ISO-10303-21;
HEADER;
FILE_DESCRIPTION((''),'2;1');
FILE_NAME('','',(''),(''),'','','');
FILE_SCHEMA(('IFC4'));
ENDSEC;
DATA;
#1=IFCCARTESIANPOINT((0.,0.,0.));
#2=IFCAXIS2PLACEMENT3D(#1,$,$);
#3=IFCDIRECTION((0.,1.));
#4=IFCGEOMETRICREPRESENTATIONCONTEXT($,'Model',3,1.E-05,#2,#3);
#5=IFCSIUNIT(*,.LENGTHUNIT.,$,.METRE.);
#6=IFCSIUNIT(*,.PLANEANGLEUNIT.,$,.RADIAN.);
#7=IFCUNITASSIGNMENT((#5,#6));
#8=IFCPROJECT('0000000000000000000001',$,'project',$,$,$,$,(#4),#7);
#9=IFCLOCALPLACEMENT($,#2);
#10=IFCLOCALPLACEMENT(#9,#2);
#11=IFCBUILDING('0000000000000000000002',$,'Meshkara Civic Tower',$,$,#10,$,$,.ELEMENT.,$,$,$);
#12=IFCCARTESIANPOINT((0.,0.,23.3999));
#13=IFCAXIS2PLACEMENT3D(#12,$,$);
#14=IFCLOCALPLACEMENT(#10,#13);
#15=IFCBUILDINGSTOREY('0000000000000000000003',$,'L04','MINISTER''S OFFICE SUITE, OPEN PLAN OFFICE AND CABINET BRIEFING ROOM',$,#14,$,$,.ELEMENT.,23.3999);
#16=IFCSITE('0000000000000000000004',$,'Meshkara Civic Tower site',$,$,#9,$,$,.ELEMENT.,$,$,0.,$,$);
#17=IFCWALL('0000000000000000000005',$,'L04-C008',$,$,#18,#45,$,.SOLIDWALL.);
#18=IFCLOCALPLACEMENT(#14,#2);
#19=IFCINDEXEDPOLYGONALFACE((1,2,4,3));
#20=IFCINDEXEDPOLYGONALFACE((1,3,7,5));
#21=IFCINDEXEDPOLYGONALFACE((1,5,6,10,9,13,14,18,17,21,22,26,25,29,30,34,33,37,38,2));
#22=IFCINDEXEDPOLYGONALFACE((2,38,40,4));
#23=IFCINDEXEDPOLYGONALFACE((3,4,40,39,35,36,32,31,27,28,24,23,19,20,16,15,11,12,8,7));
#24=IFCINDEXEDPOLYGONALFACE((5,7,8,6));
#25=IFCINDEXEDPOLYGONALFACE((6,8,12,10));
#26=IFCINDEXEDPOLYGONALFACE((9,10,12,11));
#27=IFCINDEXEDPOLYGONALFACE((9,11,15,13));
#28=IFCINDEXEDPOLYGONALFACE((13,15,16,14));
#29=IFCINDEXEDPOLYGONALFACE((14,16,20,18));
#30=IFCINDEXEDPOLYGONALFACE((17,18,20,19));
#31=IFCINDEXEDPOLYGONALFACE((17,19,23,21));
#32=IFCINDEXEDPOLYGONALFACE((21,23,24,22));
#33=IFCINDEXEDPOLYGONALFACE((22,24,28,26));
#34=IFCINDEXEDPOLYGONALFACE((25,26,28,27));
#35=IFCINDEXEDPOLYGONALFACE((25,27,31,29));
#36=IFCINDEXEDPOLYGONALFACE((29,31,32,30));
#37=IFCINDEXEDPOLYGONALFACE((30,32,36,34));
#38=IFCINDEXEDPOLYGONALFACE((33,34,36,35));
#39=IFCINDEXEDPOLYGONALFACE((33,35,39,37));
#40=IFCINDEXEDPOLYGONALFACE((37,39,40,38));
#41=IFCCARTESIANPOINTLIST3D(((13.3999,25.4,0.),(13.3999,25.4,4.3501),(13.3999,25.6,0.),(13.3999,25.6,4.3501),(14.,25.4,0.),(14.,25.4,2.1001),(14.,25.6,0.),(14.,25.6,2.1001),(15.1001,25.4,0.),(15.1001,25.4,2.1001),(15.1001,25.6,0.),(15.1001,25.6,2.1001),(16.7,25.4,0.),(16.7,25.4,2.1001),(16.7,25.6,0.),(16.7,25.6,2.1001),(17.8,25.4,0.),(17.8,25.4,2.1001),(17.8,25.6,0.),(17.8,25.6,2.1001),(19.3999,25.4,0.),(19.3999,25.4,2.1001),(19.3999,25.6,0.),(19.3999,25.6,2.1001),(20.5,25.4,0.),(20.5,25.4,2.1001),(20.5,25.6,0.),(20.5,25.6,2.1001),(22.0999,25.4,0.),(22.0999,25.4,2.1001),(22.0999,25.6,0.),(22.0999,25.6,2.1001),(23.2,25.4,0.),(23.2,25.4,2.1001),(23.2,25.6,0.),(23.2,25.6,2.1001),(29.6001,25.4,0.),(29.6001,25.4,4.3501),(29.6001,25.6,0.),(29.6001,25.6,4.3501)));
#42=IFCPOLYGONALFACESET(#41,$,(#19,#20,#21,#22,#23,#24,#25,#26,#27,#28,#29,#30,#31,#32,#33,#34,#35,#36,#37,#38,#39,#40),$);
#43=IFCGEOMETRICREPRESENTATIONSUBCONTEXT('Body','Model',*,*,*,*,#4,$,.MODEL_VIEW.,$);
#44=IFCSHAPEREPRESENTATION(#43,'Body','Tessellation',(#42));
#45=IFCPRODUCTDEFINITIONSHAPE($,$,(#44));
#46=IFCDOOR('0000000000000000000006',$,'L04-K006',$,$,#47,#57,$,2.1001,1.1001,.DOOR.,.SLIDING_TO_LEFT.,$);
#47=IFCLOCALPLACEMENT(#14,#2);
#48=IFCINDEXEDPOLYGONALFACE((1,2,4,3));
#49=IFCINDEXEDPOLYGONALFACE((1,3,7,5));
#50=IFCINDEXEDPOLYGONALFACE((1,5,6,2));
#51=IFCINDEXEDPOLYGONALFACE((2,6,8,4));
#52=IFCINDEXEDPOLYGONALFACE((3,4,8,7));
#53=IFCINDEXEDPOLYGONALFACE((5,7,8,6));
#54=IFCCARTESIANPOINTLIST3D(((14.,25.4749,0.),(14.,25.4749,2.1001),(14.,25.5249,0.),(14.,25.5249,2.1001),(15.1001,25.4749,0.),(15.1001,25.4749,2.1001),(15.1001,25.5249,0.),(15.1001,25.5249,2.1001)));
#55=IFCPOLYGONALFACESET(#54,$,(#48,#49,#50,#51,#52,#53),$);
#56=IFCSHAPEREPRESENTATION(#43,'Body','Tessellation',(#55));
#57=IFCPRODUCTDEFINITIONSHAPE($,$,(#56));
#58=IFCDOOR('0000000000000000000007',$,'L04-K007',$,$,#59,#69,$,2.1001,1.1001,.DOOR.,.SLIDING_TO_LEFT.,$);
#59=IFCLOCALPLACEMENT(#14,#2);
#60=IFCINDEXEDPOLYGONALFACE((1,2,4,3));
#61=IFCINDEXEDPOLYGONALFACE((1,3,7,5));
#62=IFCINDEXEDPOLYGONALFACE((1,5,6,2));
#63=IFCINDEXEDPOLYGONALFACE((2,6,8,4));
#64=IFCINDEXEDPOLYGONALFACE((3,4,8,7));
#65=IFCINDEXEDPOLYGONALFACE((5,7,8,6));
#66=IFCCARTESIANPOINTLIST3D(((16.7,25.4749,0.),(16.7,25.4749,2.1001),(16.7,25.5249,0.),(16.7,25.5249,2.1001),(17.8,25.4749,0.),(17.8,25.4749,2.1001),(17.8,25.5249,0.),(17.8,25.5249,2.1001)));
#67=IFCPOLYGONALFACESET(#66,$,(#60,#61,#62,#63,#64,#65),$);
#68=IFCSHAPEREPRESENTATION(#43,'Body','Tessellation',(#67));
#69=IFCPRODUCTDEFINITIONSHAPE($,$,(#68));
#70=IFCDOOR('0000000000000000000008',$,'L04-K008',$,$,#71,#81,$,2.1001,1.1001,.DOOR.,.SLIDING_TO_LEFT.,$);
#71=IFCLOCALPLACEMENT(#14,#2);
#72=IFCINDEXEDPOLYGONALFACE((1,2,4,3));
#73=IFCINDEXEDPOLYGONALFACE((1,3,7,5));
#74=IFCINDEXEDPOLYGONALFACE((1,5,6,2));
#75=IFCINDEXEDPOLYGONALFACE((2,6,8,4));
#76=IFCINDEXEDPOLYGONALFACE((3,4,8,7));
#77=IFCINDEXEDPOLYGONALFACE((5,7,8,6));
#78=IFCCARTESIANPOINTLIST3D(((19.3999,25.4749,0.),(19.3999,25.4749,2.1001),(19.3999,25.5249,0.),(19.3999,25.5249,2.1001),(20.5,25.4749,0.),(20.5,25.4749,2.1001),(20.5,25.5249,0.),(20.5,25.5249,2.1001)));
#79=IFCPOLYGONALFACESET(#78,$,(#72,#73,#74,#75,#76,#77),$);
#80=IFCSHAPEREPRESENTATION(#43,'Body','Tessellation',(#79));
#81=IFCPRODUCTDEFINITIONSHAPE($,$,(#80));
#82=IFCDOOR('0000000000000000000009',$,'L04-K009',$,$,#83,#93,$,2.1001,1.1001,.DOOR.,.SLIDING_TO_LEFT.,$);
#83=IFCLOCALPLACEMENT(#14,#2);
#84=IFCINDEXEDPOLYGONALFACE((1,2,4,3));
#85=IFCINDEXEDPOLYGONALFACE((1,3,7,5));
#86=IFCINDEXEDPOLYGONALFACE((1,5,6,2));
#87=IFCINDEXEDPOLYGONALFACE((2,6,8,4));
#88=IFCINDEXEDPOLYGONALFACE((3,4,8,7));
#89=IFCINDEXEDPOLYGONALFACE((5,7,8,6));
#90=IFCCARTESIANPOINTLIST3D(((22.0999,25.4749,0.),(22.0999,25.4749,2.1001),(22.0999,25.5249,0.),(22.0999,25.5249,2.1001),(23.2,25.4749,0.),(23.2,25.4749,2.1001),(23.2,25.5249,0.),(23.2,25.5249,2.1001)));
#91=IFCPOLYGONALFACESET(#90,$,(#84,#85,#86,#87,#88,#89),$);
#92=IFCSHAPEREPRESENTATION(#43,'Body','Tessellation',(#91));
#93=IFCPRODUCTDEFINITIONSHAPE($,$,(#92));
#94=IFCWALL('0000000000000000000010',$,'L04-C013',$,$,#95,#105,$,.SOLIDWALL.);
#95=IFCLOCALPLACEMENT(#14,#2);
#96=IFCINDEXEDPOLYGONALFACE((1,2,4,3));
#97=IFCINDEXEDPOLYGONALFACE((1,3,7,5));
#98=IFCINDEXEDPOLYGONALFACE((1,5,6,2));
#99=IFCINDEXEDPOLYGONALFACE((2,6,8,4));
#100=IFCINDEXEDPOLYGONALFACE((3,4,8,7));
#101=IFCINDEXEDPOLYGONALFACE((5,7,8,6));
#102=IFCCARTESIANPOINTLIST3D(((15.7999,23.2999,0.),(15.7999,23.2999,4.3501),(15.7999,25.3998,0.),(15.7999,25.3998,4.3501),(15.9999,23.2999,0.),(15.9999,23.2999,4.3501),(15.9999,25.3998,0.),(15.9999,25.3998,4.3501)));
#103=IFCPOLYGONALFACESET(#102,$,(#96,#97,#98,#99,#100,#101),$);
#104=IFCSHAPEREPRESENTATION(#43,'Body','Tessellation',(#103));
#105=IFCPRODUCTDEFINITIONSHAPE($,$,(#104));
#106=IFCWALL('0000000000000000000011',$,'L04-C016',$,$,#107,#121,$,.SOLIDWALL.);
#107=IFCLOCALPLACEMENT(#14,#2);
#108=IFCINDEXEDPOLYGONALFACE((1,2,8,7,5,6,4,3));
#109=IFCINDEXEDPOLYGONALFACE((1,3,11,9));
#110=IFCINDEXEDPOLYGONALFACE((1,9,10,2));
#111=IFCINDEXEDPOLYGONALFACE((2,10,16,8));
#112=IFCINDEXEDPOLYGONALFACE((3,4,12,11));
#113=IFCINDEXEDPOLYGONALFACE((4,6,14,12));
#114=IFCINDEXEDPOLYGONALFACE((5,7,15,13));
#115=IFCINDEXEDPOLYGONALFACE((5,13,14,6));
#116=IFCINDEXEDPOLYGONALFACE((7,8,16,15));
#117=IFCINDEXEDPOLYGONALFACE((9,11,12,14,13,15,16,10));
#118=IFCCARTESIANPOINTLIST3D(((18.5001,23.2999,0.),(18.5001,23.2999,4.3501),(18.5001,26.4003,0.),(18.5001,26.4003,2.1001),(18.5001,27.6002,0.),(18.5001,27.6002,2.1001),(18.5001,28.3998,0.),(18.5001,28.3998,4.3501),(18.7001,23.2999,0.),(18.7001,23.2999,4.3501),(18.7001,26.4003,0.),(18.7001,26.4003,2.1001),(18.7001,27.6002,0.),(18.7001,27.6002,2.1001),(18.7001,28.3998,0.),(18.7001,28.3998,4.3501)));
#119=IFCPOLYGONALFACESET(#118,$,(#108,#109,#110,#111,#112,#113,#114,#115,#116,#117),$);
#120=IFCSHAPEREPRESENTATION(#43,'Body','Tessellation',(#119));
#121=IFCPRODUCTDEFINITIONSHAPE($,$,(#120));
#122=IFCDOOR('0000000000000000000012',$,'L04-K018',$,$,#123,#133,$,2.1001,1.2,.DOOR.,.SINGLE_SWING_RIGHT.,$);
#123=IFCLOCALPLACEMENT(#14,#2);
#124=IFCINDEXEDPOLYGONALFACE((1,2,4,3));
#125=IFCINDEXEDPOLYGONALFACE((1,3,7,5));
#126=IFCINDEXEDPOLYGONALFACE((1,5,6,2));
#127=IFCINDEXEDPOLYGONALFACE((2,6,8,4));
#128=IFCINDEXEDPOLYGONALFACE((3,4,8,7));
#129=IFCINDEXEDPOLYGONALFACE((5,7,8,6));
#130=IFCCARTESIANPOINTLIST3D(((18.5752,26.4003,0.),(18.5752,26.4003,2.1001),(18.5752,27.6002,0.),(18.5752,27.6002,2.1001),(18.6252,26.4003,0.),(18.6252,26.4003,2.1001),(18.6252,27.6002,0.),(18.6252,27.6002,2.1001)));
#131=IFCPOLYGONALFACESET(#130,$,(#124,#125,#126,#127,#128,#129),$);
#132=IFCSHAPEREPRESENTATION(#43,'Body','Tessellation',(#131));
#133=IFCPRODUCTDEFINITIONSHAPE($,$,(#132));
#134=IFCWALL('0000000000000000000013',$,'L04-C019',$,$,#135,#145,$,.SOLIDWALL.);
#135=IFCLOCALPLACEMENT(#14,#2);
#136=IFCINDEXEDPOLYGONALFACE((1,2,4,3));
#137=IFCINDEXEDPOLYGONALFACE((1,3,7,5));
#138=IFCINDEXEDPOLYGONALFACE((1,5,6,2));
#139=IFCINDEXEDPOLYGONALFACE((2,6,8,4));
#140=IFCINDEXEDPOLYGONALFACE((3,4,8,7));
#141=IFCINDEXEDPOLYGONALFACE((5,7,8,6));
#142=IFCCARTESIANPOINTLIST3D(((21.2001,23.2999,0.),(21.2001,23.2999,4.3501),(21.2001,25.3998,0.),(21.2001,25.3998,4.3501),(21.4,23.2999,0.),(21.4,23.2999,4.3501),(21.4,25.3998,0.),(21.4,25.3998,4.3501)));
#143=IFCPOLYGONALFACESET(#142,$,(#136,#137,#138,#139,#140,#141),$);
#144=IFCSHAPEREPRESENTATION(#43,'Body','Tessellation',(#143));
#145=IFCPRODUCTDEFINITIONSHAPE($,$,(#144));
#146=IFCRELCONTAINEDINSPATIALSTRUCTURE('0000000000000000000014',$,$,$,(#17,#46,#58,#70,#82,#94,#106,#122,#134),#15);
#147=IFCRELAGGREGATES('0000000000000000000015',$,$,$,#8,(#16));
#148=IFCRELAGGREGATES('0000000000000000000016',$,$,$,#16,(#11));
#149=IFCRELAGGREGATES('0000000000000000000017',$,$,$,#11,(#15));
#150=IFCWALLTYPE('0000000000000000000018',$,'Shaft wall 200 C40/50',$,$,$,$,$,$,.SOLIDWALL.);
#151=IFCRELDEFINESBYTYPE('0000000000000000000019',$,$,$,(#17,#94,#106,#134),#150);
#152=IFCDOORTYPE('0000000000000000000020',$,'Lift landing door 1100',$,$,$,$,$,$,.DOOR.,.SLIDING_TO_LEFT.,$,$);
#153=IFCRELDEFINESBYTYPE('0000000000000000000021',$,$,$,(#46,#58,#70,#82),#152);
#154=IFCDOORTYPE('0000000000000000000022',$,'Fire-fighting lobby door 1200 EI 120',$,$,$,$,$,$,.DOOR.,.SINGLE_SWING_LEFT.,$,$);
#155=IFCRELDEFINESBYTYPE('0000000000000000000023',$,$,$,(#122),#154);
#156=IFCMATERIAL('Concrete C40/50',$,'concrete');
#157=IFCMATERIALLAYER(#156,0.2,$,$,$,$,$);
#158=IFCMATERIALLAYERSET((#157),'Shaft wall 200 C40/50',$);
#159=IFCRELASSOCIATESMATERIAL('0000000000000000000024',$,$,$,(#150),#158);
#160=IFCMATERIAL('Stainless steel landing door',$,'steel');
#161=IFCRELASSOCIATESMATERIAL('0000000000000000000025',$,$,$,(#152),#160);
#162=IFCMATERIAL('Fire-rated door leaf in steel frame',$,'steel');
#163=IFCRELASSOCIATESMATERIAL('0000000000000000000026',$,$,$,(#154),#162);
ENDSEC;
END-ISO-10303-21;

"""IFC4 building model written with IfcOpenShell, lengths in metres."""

from ifc_helpers import new_model, si_unit, direction, frame, frame_2d, origin, place, context, subcontext, project, spatial, rectangle, extrude, material, layer, layer_set, type_object, element, fill, save


model = new_model("IFC4")

# Units and contexts
model_context = context("Model", 3, precision=1e-05, world=origin(), true_north=direction((0.0, 1.0)))
body_context = subcontext(model_context, "Body", "Model", "MODEL_VIEW")
ifc_project = project(units=[si_unit("LENGTHUNIT", "METRE"), si_unit("PLANEANGLEUNIT", "RADIAN")], contexts=[model_context])

# Site, building, storey
site_placement = place(None, origin())
site = spatial("IfcSite", under=ifc_project, at=site_placement, Name="Meshkara Civic Tower site", CompositionType="ELEMENT", RefElevation=0.0)
building_placement = place(site_placement, origin())
building = spatial("IfcBuilding", under=site, at=building_placement, Name="Meshkara Civic Tower", CompositionType="ELEMENT")
storey_placement = place(building_placement, frame((0.0, 0.0, 23.3999)))
storey = spatial("IfcBuildingStorey", under=building, at=storey_placement, Name="L04", Description="MINISTER'S OFFICE SUITE, OPEN PLAN OFFICE AND CABINET BRIEFING ROOM", CompositionType="ELEMENT", Elevation=23.3999)

# Wall, openings, doors
ifc_material_1 = material(Name="Concrete C40/50", Category="concrete")
ifc_layer_1 = layer(ifc_material_1, 0.2)
ifc_layer_set_1 = layer_set([ifc_layer_1], Name="Shaft wall 200 C40/50")
wall_type_1 = type_object("IfcWallType", Name="Shaft wall 200 C40/50", PredefinedType="SOLIDWALL", material=ifc_layer_set_1)
wall_1_placement = place(storey_placement, frame((13.3999, 25.5, 0.0), z_axis=(0.0, 0.0, 1.0), x_axis=(1.0, 0.0, 0.0)))
wall_1 = element("IfcWall", 1, at=wall_1_placement, inside=storey, type_object=wall_type_1, Name="L04-C008", PredefinedType="SOLIDWALL", context=body_context, shape_type="SweptSolid", body=[
    extrude(rectangle(XDim=16.2002, YDim=0.2, at=frame_2d((8.1001, 0.0))), origin(), (0.0, 0.0, 1.0), 4.3501),
])
opening_1_placement = place(wall_1_placement, frame((0.6001, 0.0, 0.0)))
opening_1 = element("IfcOpeningElement", 2, at=opening_1_placement, cuts=wall_1, PredefinedType="OPENING", context=body_context, shape_type="SweptSolid", body=[
    extrude(rectangle(XDim=1.1001, YDim=2.1001, at=frame_2d((0.55, 1.05))), frame((0.0, 0.1099, 0.0), z_axis=(0.0, -1.0, 0.0), x_axis=(1.0, 0.0, 0.0)), (0.0, 0.0, 1.0), 0.22),
])
opening_2_placement = place(wall_1_placement, frame((3.3, 0.0, 0.0)))
opening_2 = element("IfcOpeningElement", 3, at=opening_2_placement, cuts=wall_1, PredefinedType="OPENING", context=body_context, shape_type="SweptSolid", body=[
    extrude(rectangle(XDim=1.1001, YDim=2.1001, at=frame_2d((0.55, 1.05))), frame((0.0, 0.1099, 0.0), z_axis=(0.0, -1.0, 0.0), x_axis=(1.0, 0.0, 0.0)), (0.0, 0.0, 1.0), 0.22),
])
opening_3_placement = place(wall_1_placement, frame((6.0, 0.0, 0.0)))
opening_3 = element("IfcOpeningElement", 4, at=opening_3_placement, cuts=wall_1, PredefinedType="OPENING", context=body_context, shape_type="SweptSolid", body=[
    extrude(rectangle(XDim=1.1001, YDim=2.1001, at=frame_2d((0.55, 1.05))), frame((0.0, 0.1099, 0.0), z_axis=(0.0, -1.0, 0.0), x_axis=(1.0, 0.0, 0.0)), (0.0, 0.0, 1.0), 0.22),
])
opening_4_placement = place(wall_1_placement, frame((8.7, 0.0, 0.0)))
opening_4 = element("IfcOpeningElement", 5, at=opening_4_placement, cuts=wall_1, PredefinedType="OPENING", context=body_context, shape_type="SweptSolid", body=[
    extrude(rectangle(XDim=1.1001, YDim=2.1001, at=frame_2d((0.55, 1.05))), frame((0.0, 0.1099, 0.0), z_axis=(0.0, -1.0, 0.0), x_axis=(1.0, 0.0, 0.0)), (0.0, 0.0, 1.0), 0.22),
])
ifc_material_2 = material(Name="Stainless steel landing door", Category="steel")
door_type_1 = type_object("IfcDoorType", Name="Lift landing door 1100", OperationType="SLIDING_TO_LEFT", PredefinedType="DOOR", material=ifc_material_2)
door_1_placement = place(opening_1_placement, origin())
door_1 = element("IfcDoor", 6, at=door_1_placement, inside=storey, type_object=door_type_1, Name="L04-K006", OperationType="SLIDING_TO_LEFT", OverallHeight=2.1001, OverallWidth=1.1001, PredefinedType="DOOR", context=body_context, shape_type="SweptSolid", body=[
    extrude(rectangle(XDim=1.1001, YDim=2.1001, at=frame_2d((0.55, 1.05))), frame((0.0, 0.0249, 0.0), z_axis=(0.0, -1.0, 0.0), x_axis=(1.0, 0.0, 0.0)), (0.0, 0.0, 1.0), 0.05),
])
fill(opening_1, door_1)
door_2_placement = place(opening_2_placement, origin())
door_2 = element("IfcDoor", 7, at=door_2_placement, inside=storey, type_object=door_type_1, Name="L04-K007", OperationType="SLIDING_TO_LEFT", OverallHeight=2.1001, OverallWidth=1.1001, PredefinedType="DOOR", context=body_context, shape_type="SweptSolid", body=[
    extrude(rectangle(XDim=1.1001, YDim=2.1001, at=frame_2d((0.55, 1.05))), frame((0.0, 0.0249, 0.0), z_axis=(0.0, -1.0, 0.0), x_axis=(1.0, 0.0, 0.0)), (0.0, 0.0, 1.0), 0.05),
])
fill(opening_2, door_2)
door_3_placement = place(opening_3_placement, origin())
door_3 = element("IfcDoor", 8, at=door_3_placement, inside=storey, type_object=door_type_1, Name="L04-K008", OperationType="SLIDING_TO_LEFT", OverallHeight=2.1001, OverallWidth=1.1001, PredefinedType="DOOR", context=body_context, shape_type="SweptSolid", body=[
    extrude(rectangle(XDim=1.1001, YDim=2.1001, at=frame_2d((0.55, 1.05))), frame((0.0, 0.0249, 0.0), z_axis=(0.0, -1.0, 0.0), x_axis=(1.0, 0.0, 0.0)), (0.0, 0.0, 1.0), 0.05),
])
fill(opening_3, door_3)
door_4_placement = place(opening_4_placement, origin())
door_4 = element("IfcDoor", 9, at=door_4_placement, inside=storey, type_object=door_type_1, Name="L04-K009", OperationType="SLIDING_TO_LEFT", OverallHeight=2.1001, OverallWidth=1.1001, PredefinedType="DOOR", context=body_context, shape_type="SweptSolid", body=[
    extrude(rectangle(XDim=1.1001, YDim=2.1001, at=frame_2d((0.55, 1.05))), frame((0.0, 0.0249, 0.0), z_axis=(0.0, -1.0, 0.0), x_axis=(1.0, 0.0, 0.0)), (0.0, 0.0, 1.0), 0.05),
])
fill(opening_4, door_4)

# Wall
wall_2_placement = place(storey_placement, frame((15.8999, 23.3, 0.0), z_axis=(0.0, 0.0, 1.0), x_axis=(0.0, 1.0, 0.0)))
element("IfcWall", 10, at=wall_2_placement, inside=storey, type_object=wall_type_1, Name="L04-C013", PredefinedType="SOLIDWALL", context=body_context, shape_type="SweptSolid", body=[
    extrude(rectangle(XDim=2.0999, YDim=0.2, at=frame_2d((1.0498, 0.0))), origin(), (0.0, 0.0, 1.0), 4.3501),
])

# Wall, opening, door
wall_3_placement = place(storey_placement, frame((18.6001, 23.3, 0.0), z_axis=(0.0, 0.0, 1.0), x_axis=(0.0, 1.0, 0.0)))
wall_3 = element("IfcWall", 11, at=wall_3_placement, inside=storey, type_object=wall_type_1, Name="L04-C016", PredefinedType="SOLIDWALL", context=body_context, shape_type="SweptSolid", body=[
    extrude(rectangle(XDim=5.0999, YDim=0.2, at=frame_2d((2.5498, 0.0))), origin(), (0.0, 0.0, 1.0), 4.3501),
])
opening_5_placement = place(wall_3_placement, frame((3.1001, 0.0, 0.0)))
opening_5 = element("IfcOpeningElement", 12, at=opening_5_placement, cuts=wall_3, PredefinedType="OPENING", context=body_context, shape_type="SweptSolid", body=[
    extrude(rectangle(XDim=1.2, YDim=2.1001, at=frame_2d((0.6001, 1.05))), frame((0.0, 0.1099, 0.0), z_axis=(0.0, -1.0, 0.0), x_axis=(1.0, 0.0, 0.0)), (0.0, 0.0, 1.0), 0.22),
])
ifc_material_3 = material(Name="Fire-rated door leaf in steel frame", Category="steel")
door_type_2 = type_object("IfcDoorType", Name="Fire-fighting lobby door 1200 EI 120", OperationType="SINGLE_SWING_LEFT", PredefinedType="DOOR", material=ifc_material_3)
door_5_placement = place(opening_5_placement, origin())
door_5 = element("IfcDoor", 13, at=door_5_placement, inside=storey, type_object=door_type_2, Name="L04-K018", OperationType="SINGLE_SWING_RIGHT", OverallHeight=2.1001, OverallWidth=1.2, PredefinedType="DOOR", context=body_context, shape_type="SweptSolid", body=[
    extrude(rectangle(XDim=1.2, YDim=2.1001, at=frame_2d((0.6001, 1.05))), frame((0.0, 0.0249, 0.0), z_axis=(0.0, -1.0, 0.0), x_axis=(1.0, 0.0, 0.0)), (0.0, 0.0, 1.0), 0.05),
])
fill(opening_5, door_5)

# Wall
wall_4_placement = place(storey_placement, frame((21.3, 23.3, 0.0), z_axis=(0.0, 0.0, 1.0), x_axis=(0.0, 1.0, 0.0)))
element("IfcWall", 14, at=wall_4_placement, inside=storey, type_object=wall_type_1, Name="L04-C019", PredefinedType="SOLIDWALL", context=body_context, shape_type="SweptSolid", body=[
    extrude(rectangle(XDim=2.0999, YDim=0.2, at=frame_2d((1.0498, 0.0))), origin(), (0.0, 0.0, 1.0), 4.3501),
])

save(model, "model.ifc")
